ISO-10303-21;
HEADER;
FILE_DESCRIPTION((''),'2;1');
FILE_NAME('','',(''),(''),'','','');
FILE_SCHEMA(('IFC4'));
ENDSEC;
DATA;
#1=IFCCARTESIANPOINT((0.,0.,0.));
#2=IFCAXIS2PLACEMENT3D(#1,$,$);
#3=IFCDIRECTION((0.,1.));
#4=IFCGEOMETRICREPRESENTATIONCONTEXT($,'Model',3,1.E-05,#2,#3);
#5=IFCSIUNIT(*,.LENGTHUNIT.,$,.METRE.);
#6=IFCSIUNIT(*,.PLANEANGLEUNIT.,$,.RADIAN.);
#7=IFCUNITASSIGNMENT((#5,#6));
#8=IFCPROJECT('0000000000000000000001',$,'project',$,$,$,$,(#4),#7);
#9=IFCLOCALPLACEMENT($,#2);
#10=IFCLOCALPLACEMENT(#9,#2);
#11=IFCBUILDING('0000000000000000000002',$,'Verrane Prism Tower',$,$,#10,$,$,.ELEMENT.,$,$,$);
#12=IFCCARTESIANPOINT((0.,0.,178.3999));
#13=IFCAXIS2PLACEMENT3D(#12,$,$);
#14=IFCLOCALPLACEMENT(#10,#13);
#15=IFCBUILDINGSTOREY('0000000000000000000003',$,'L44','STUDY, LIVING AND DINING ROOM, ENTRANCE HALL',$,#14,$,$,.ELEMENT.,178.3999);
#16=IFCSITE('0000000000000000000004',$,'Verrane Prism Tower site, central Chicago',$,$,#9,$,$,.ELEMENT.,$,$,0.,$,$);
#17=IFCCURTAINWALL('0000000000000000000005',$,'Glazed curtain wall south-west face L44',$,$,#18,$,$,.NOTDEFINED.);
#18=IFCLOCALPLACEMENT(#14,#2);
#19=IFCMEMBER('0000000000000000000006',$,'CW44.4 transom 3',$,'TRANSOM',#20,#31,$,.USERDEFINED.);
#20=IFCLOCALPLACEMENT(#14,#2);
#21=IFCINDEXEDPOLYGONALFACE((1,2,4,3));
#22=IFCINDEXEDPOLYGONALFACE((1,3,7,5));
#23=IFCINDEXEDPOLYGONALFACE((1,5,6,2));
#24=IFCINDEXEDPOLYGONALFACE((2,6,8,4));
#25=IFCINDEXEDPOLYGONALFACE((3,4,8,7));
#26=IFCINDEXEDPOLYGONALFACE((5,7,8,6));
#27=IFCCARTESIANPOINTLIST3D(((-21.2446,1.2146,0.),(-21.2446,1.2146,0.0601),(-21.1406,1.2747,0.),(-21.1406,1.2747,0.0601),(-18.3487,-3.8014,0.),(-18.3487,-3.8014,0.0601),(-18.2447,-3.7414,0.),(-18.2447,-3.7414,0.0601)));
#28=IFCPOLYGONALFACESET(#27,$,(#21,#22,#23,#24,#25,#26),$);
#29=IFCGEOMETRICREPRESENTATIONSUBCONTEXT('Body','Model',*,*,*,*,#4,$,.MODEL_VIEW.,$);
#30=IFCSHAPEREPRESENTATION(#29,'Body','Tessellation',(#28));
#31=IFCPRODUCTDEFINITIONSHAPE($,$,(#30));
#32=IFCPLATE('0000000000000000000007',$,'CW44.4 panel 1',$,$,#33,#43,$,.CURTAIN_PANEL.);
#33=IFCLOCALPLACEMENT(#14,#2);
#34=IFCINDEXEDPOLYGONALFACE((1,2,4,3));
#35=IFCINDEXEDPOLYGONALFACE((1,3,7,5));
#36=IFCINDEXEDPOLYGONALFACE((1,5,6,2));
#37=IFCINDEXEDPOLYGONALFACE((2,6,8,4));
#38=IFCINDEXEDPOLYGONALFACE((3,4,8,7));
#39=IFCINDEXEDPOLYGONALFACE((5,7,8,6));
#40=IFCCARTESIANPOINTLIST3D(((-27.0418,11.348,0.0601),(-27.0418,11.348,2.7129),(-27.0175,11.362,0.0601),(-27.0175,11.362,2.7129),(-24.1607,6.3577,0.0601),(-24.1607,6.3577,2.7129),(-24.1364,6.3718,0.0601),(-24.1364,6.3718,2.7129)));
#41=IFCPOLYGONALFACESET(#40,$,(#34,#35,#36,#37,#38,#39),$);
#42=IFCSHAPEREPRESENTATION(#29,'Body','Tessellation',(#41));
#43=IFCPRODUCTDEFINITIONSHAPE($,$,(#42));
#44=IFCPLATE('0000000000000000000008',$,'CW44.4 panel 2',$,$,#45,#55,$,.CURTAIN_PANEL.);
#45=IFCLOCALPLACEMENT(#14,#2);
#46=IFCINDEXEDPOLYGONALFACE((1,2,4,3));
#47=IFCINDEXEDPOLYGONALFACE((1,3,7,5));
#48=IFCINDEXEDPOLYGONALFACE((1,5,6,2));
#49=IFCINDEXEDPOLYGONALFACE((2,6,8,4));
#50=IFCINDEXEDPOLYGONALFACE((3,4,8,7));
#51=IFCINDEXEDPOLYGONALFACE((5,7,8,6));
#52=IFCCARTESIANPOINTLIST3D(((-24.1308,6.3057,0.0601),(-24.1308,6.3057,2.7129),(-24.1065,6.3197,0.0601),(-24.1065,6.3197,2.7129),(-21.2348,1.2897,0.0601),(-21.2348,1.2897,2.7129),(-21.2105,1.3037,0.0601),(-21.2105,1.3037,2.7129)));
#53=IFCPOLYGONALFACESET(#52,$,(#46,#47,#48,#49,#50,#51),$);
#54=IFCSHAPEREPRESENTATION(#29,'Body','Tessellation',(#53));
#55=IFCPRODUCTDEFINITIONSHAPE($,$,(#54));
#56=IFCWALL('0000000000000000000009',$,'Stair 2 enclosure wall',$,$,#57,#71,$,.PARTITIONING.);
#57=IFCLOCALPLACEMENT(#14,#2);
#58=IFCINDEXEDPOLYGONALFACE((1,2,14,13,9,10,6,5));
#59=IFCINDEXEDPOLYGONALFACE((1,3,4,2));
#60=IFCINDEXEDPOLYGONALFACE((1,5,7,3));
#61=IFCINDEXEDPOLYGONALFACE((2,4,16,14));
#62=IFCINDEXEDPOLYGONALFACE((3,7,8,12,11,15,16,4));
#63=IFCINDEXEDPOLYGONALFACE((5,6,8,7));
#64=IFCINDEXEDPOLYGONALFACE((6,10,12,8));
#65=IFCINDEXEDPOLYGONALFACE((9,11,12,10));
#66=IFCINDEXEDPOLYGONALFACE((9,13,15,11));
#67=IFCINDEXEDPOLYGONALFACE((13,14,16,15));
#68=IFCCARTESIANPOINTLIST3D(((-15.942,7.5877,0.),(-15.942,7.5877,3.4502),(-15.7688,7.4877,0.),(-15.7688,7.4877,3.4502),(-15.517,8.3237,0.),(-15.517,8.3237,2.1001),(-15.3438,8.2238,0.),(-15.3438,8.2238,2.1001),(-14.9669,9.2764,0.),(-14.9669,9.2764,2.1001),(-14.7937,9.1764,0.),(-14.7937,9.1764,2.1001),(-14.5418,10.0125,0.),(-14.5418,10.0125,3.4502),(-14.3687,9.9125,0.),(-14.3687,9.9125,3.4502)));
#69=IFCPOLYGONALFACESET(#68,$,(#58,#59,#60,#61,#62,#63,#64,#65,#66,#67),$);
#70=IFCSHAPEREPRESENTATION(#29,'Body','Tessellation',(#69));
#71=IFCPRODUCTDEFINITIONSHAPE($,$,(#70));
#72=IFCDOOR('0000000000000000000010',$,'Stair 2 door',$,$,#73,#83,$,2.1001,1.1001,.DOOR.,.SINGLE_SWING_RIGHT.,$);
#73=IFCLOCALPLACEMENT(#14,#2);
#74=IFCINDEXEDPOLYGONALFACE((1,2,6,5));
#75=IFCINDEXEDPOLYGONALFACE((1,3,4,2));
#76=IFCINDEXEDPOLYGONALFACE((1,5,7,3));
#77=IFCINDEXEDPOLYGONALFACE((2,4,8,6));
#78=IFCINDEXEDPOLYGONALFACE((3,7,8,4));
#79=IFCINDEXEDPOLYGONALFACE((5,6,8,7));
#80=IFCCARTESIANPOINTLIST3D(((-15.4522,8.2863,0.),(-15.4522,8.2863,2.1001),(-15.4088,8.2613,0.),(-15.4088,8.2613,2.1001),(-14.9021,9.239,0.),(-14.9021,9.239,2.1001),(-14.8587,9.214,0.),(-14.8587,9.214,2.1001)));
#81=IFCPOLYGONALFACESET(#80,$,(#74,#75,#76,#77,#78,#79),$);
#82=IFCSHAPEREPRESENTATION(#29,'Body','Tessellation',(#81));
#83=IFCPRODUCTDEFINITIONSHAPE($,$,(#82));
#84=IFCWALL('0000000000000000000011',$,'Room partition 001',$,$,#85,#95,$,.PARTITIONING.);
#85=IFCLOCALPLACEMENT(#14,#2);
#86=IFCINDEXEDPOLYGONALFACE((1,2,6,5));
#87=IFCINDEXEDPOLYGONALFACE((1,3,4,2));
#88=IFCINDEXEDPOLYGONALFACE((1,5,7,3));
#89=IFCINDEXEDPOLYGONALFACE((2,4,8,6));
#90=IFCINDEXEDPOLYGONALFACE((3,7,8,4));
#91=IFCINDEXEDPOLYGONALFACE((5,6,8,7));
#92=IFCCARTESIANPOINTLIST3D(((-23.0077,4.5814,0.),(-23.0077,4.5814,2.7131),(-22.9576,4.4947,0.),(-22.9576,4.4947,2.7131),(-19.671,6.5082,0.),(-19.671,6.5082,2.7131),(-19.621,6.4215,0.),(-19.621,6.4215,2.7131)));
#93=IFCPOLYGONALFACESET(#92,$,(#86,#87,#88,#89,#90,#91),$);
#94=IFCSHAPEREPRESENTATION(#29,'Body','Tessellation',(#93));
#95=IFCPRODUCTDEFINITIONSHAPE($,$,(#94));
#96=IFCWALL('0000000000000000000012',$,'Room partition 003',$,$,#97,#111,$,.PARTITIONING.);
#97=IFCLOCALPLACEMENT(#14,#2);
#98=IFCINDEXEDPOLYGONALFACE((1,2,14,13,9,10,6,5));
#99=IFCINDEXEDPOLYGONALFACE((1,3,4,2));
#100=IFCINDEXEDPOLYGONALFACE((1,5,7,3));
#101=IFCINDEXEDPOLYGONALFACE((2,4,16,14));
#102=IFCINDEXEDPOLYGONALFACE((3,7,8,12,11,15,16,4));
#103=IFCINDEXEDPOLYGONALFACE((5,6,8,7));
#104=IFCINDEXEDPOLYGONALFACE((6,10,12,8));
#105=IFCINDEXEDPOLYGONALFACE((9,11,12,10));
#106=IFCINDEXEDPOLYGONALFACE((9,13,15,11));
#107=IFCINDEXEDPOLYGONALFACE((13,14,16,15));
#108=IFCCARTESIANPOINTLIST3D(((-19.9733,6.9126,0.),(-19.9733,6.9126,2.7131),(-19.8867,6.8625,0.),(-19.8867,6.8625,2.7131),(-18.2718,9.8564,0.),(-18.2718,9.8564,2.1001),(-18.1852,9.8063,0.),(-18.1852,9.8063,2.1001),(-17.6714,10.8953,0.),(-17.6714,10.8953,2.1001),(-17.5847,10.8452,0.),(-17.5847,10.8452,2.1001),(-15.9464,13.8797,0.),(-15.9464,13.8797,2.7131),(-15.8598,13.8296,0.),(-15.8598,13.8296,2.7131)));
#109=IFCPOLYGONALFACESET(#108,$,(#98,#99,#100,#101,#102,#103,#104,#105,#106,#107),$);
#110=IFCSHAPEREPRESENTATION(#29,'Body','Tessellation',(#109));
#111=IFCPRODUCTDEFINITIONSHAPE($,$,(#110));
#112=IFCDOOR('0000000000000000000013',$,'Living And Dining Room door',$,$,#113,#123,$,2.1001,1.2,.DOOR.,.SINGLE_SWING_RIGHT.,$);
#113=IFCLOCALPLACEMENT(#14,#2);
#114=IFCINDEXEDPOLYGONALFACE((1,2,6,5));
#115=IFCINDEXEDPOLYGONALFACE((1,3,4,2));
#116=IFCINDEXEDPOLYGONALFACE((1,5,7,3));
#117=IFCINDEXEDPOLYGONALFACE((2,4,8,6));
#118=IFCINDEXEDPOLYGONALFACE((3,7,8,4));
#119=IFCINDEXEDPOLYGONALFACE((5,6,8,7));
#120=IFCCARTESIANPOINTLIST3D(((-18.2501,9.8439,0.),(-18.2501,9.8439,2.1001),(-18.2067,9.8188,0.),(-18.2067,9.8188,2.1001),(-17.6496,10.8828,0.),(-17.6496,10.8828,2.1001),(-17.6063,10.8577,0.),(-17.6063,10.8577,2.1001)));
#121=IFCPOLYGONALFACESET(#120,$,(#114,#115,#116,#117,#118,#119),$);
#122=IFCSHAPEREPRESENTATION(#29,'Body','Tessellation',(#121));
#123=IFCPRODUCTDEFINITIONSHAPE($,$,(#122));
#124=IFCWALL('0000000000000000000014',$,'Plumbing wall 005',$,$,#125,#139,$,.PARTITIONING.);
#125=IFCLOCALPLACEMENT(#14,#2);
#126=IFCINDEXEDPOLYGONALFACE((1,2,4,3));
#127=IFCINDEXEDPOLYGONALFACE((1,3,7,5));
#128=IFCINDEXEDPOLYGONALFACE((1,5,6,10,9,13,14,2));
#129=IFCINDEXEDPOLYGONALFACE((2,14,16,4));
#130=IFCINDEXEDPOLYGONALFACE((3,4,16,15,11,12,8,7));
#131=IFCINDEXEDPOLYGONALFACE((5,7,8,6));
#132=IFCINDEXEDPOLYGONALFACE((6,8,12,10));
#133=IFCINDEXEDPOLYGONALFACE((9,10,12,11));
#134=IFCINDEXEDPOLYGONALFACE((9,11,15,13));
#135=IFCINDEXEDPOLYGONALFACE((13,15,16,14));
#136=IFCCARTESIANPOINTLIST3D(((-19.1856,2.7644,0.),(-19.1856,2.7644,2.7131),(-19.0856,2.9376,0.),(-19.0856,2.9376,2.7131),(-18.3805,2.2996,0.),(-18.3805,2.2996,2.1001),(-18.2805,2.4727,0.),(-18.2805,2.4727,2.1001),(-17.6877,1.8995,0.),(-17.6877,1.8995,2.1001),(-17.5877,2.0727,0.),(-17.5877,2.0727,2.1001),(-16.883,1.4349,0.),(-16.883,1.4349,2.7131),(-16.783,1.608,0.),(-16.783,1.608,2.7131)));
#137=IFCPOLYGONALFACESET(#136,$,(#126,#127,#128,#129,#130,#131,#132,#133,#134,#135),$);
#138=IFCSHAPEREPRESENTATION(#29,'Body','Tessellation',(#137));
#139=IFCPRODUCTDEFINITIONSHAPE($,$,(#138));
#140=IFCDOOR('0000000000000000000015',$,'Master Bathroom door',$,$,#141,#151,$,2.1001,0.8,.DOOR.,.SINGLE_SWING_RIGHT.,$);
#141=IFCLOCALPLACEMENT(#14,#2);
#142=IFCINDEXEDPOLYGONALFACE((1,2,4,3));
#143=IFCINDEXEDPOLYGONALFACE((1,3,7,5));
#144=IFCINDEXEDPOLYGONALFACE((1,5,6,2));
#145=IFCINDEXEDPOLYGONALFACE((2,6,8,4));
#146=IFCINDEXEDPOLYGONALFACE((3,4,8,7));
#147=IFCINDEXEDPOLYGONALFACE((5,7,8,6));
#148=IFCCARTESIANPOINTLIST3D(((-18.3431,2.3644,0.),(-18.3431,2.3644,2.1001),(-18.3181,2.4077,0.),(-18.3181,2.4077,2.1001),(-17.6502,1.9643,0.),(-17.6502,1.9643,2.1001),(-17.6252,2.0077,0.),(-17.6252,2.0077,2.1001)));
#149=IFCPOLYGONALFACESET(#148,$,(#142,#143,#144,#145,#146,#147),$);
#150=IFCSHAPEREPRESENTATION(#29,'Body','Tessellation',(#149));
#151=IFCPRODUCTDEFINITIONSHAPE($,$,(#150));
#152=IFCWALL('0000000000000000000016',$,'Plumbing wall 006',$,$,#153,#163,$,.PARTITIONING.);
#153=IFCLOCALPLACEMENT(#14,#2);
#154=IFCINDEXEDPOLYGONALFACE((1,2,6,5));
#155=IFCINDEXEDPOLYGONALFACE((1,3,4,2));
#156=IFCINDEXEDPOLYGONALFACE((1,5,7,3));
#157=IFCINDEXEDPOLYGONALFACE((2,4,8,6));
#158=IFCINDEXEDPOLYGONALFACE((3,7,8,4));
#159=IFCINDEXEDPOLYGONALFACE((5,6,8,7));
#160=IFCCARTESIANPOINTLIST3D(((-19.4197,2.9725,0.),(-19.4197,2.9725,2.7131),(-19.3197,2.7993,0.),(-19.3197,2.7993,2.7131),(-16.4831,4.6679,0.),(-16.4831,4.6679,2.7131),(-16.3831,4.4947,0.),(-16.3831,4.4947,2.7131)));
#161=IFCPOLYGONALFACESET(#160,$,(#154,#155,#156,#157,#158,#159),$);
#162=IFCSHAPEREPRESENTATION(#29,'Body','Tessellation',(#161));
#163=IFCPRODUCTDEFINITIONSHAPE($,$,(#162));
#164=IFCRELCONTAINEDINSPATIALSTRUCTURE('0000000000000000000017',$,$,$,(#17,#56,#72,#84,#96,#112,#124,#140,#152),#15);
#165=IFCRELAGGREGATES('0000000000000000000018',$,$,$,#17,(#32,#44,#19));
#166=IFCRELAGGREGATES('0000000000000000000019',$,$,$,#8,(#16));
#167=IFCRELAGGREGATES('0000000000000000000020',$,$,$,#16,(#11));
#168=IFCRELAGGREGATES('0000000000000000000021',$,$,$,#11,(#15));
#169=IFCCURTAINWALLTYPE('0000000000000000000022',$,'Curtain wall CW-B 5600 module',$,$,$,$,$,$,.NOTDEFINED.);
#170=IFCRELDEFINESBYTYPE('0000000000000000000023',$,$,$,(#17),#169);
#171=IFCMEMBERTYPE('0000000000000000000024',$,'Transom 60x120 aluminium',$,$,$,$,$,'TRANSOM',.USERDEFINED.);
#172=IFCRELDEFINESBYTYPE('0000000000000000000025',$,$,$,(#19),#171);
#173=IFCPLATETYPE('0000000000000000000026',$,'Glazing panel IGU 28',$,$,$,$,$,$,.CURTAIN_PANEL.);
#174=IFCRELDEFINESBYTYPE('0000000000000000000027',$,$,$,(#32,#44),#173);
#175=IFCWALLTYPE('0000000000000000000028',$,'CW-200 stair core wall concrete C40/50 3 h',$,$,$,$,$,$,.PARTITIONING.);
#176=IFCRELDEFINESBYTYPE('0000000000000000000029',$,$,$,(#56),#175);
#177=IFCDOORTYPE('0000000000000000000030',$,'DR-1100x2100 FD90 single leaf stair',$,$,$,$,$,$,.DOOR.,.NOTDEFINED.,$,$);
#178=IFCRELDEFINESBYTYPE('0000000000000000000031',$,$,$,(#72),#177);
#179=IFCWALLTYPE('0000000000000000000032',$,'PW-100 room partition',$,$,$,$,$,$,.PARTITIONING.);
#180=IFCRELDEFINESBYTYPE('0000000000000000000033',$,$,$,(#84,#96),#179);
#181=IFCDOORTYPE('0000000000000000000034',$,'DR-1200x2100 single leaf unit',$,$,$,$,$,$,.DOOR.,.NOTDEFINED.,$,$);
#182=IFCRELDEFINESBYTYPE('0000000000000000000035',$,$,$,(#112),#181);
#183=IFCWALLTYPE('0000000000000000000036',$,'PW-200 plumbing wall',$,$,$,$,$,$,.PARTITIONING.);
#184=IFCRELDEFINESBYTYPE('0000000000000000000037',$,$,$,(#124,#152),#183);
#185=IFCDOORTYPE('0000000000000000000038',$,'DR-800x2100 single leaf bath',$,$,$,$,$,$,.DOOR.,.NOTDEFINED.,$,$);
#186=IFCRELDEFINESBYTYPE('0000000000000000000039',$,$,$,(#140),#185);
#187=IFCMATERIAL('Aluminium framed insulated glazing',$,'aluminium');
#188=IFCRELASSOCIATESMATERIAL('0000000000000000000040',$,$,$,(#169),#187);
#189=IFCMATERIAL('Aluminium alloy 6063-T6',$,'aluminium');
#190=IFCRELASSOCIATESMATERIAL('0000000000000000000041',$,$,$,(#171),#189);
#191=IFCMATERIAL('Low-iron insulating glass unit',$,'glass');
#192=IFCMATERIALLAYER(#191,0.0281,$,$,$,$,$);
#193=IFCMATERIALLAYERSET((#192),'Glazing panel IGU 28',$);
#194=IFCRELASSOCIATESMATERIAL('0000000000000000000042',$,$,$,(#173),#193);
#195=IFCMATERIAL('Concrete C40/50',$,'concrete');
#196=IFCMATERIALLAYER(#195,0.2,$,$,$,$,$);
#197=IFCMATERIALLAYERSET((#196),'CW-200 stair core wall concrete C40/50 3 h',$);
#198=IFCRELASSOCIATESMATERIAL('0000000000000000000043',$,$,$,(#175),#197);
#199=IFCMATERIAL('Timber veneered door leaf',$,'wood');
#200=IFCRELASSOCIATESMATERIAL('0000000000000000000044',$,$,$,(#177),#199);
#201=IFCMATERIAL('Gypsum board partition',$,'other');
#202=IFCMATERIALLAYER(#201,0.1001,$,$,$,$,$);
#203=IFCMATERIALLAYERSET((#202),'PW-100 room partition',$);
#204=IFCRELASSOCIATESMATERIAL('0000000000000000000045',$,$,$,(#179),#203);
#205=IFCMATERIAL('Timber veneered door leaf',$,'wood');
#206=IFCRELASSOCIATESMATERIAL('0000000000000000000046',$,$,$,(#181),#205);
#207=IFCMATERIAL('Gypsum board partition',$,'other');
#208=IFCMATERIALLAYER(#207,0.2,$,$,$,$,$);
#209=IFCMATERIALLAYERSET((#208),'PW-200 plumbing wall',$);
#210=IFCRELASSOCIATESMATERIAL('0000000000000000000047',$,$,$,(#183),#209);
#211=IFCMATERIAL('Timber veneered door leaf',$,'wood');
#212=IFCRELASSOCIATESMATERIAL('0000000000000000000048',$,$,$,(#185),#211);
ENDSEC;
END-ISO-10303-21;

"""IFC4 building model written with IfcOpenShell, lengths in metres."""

from ifc_helpers import new_model, si_unit, direction, frame, frame_2d, origin, origin_2d, place, context, subcontext, project, spatial, rectangle, extrude, material, layer, layer_set, material_profile, profile_set, type_object, element, fill, aggregate, save


model = new_model("IFC4")

# Units and contexts
model_context = context("Model", 3, precision=1e-05, world=origin(), true_north=direction((0.0, 1.0)))
body_context = subcontext(model_context, "Body", "Model", "MODEL_VIEW")
ifc_project = project(units=[si_unit("LENGTHUNIT", "METRE"), si_unit("PLANEANGLEUNIT", "RADIAN")], contexts=[model_context])

# Site, building, storey
site_placement = place(None, origin())
site = spatial("IfcSite", under=ifc_project, at=site_placement, Name="Verrane Prism Tower site, central Chicago", CompositionType="ELEMENT", RefElevation=0.0)
building_placement = place(site_placement, origin())
building = spatial("IfcBuilding", under=site, at=building_placement, Name="Verrane Prism Tower", CompositionType="ELEMENT")
storey_placement = place(building_placement, frame((0.0, 0.0, 178.3999)))
storey = spatial("IfcBuildingStorey", under=building, at=storey_placement, Name="L44", Description="STUDY, LIVING AND DINING ROOM, ENTRANCE HALL", CompositionType="ELEMENT", Elevation=178.3999)

# Curtain wall
ifc_material_1 = material(Name="Aluminium framed insulated glazing", Category="aluminium")
curtain_wall_type = type_object("IfcCurtainWallType", Name="Curtain wall CW-B 5600 module", PredefinedType="NOTDEFINED", material=ifc_material_1)
curtain_wall_placement = place(storey_placement, origin())
curtain_wall = element("IfcCurtainWall", 1, at=curtain_wall_placement, inside=storey, type_object=curtain_wall_type, Name="Glazed curtain wall south-west face L44", PredefinedType="NOTDEFINED")

# Member
ifc_material_2 = material(Name="Aluminium alloy 6063-T6", Category="aluminium")
ifc_material_profile_1 = material_profile(ifc_material_2, rectangle(XDim=0.1201, YDim=0.0601, at=origin_2d()), Name="Transom 60x120 aluminium")
ifc_profile_set_1 = profile_set([ifc_material_profile_1], Name="Aluminium alloy 6063-T6")
member_type_1 = type_object("IfcMemberType", Name="Transom 60x120 aluminium", ElementType="TRANSOM", PredefinedType="USERDEFINED", material=ifc_profile_set_1)
member_1_placement = place(storey_placement, frame((-21.1926, 1.2446, 0.03), z_axis=(0.499992, -0.86603, 0.0), x_axis=(0.86603, 0.499992, 0.0)))
member_1 = element("IfcMember", 2, at=member_1_placement, type_object=member_type_1, Name="CW44.4 transom 3", ObjectType="TRANSOM", PredefinedType="USERDEFINED", context=body_context, shape_type="SweptSolid", body=[
    extrude(rectangle(XDim=0.1201, YDim=0.0601, at=origin_2d()), origin(), (0.0, 0.0, 1.0), 5.792),
])

# Plates
ifc_material_3 = material(Name="Low-iron insulating glass unit", Category="glass")
ifc_layer_1 = layer(ifc_material_3, 0.0281)
ifc_layer_set_1 = layer_set([ifc_layer_1], Name="Glazing panel IGU 28")
plate_type = type_object("IfcPlateType", Name="Glazing panel IGU 28", PredefinedType="CURTAIN_PANEL", material=ifc_layer_set_1)
plate_1_placement = place(storey_placement, frame((-25.5891, 8.8599, 0.0601), z_axis=(0.0, 0.0, 1.0), x_axis=(0.499999, -0.866026, 0.0)))
plate_1 = element("IfcPlate", 3, at=plate_1_placement, type_object=plate_type, Name="CW44.4 panel 1", PredefinedType="CURTAIN_PANEL", context=body_context, shape_type="SweptSolid", body=[
    extrude(rectangle(XDim=5.7622, YDim=0.0281, at=origin_2d()), origin(), (0.0, 0.0, 1.0), 2.6528),
])
plate_2_placement = place(storey_placement, frame((-22.6707, 3.8047, 0.0601), z_axis=(0.0, 0.0, 1.0), x_axis=(0.499999, -0.866026, 0.0)))
plate_2 = element("IfcPlate", 4, at=plate_2_placement, type_object=plate_type, Name="CW44.4 panel 2", PredefinedType="CURTAIN_PANEL", context=body_context, shape_type="SweptSolid", body=[
    extrude(rectangle(XDim=5.792, YDim=0.0281, at=origin_2d()), origin(), (0.0, 0.0, 1.0), 2.6528),
])
aggregate(curtain_wall, [plate_1, plate_2, member_1])

# Wall, opening, door
ifc_material_4 = material(Name="Concrete C40/50", Category="concrete")
ifc_layer_2 = layer(ifc_material_4, 0.2)
ifc_layer_set_2 = layer_set([ifc_layer_2], Name="CW-200 stair core wall concrete C40/50 3 h")
wall_type_1 = type_object("IfcWallType", Name="CW-200 stair core wall concrete C40/50 3 h", PredefinedType="PARTITIONING", material=ifc_layer_set_2)
wall_1_placement = place(storey_placement, frame((-14.4553, 9.9624, 0.0), z_axis=(0.0, 0.0, 1.0), x_axis=(-0.50005, -0.865997, 0.0)))
wall_1 = element("IfcWall", 5, at=wall_1_placement, inside=storey, type_object=wall_type_1, Name="Stair 2 enclosure wall", PredefinedType="PARTITIONING", context=body_context, shape_type="SweptSolid", body=[
    extrude(rectangle(XDim=2.8, YDim=0.2, at=frame_2d((1.3999, 0.0))), origin(), (0.0, 0.0, 1.0), 3.4502),
])
opening_1_placement = place(wall_1_placement, frame((0.8499, 0.0, 0.0)))
opening_1 = element("IfcOpeningElement", 6, at=opening_1_placement, cuts=wall_1, PredefinedType="OPENING", context=body_context, shape_type="SweptSolid", body=[
    extrude(rectangle(XDim=1.1001, YDim=2.1001, at=frame_2d((0.55, 1.05))), frame((0.0, 0.1099, 0.0), z_axis=(0.0, -1.0, 0.0), x_axis=(1.0, 0.0, 0.0)), (0.0, 0.0, 1.0), 0.22),
])
ifc_material_5 = material(Name="Timber veneered door leaf", Category="wood")
door_type_1 = type_object("IfcDoorType", Name="DR-1100x2100 FD90 single leaf stair", OperationType="NOTDEFINED", PredefinedType="DOOR", material=ifc_material_5)
door_1_placement = place(opening_1_placement, origin())
door_1 = element("IfcDoor", 7, at=door_1_placement, inside=storey, type_object=door_type_1, Name="Stair 2 door", OperationType="SINGLE_SWING_RIGHT", OverallHeight=2.1001, OverallWidth=1.1001, PredefinedType="DOOR", context=body_context, shape_type="SweptSolid", body=[
    extrude(rectangle(XDim=1.1001, YDim=2.1001, at=frame_2d((0.55, 1.05))), frame((0.0, 0.0249, 0.0), z_axis=(0.0, -1.0, 0.0), x_axis=(1.0, 0.0, 0.0)), (0.0, 0.0, 1.0), 0.05),
])
fill(opening_1, door_1)

# Wall
ifc_material_6 = material(Name="Gypsum board partition", Category="other")
ifc_layer_3 = layer(ifc_material_6, 0.1001)
ifc_layer_set_3 = layer_set([ifc_layer_3], Name="PW-100 room partition")
wall_type_2 = type_object("IfcWallType", Name="PW-100 room partition", PredefinedType="PARTITIONING", material=ifc_layer_set_3)
wall_2_placement = place(storey_placement, frame((-22.9827, 4.5381, 0.0), z_axis=(0.0, 0.0, 1.0), x_axis=(0.865988, 0.500064, 0.0)))
element("IfcWall", 8, at=wall_2_placement, inside=storey, type_object=wall_type_2, Name="Room partition 001", PredefinedType="PARTITIONING", context=body_context, shape_type="SweptSolid", body=[
    extrude(rectangle(XDim=3.853, YDim=0.1001, at=frame_2d((1.9265, 0.0))), origin(), (0.0, 0.0, 1.0), 2.7131),
])

# Walls, openings, doors
wall_3_placement = place(storey_placement, frame((-19.9299, 6.8877, 0.0), z_axis=(0.0, 0.0, 1.0), x_axis=(0.500413, 0.865787, 0.0)))
wall_3 = element("IfcWall", 9, at=wall_3_placement, inside=storey, type_object=wall_type_2, Name="Room partition 003", PredefinedType="PARTITIONING", context=body_context, shape_type="SweptSolid", body=[
    extrude(rectangle(XDim=8.0471, YDim=0.1001, at=frame_2d((4.0234, 0.0))), origin(), (0.0, 0.0, 1.0), 2.7131),
])
opening_2_placement = place(wall_3_placement, frame((3.3999, 0.0, 0.0)))
opening_2 = element("IfcOpeningElement", 10, at=opening_2_placement, cuts=wall_3, PredefinedType="OPENING", context=body_context, shape_type="SweptSolid", body=[
    extrude(rectangle(XDim=1.2, YDim=2.1001, at=frame_2d((0.6001, 1.05))), frame((0.0, 0.0601, 0.0), z_axis=(0.0, -1.0, 0.0), x_axis=(1.0, 0.0, 0.0)), (0.0, 0.0, 1.0), 0.1201),
])
ifc_material_7 = material(Name="Timber veneered door leaf", Category="wood")
door_type_2 = type_object("IfcDoorType", Name="DR-1200x2100 single leaf unit", OperationType="NOTDEFINED", PredefinedType="DOOR", material=ifc_material_7)
door_2_placement = place(opening_2_placement, origin())
door_2 = element("IfcDoor", 11, at=door_2_placement, inside=storey, type_object=door_type_2, Name="Living And Dining Room door", OperationType="SINGLE_SWING_RIGHT", OverallHeight=2.1001, OverallWidth=1.2, PredefinedType="DOOR", context=body_context, shape_type="SweptSolid", body=[
    extrude(rectangle(XDim=1.2, YDim=2.1001, at=frame_2d((0.6001, 1.05))), frame((0.0, 0.0249, 0.0), z_axis=(0.0, -1.0, 0.0), x_axis=(1.0, 0.0, 0.0)), (0.0, 0.0, 1.0), 0.05),
])
fill(opening_2, door_2)
ifc_material_8 = material(Name="Gypsum board partition", Category="other")
ifc_layer_4 = layer(ifc_material_8, 0.2)
ifc_layer_set_4 = layer_set([ifc_layer_4], Name="PW-200 plumbing wall")
wall_type_3 = type_object("IfcWallType", Name="PW-200 plumbing wall", PredefinedType="PARTITIONING", material=ifc_layer_set_4)
wall_4_placement = place(storey_placement, frame((-19.1357, 2.8511, 0.0), z_axis=(0.0, 0.0, 1.0), x_axis=(0.866008, -0.50003, 0.0)))
wall_4 = element("IfcWall", 12, at=wall_4_placement, inside=storey, type_object=wall_type_3, Name="Plumbing wall 005", PredefinedType="PARTITIONING", context=body_context, shape_type="SweptSolid", body=[
    extrude(rectangle(XDim=2.6589, YDim=0.2, at=frame_2d((1.3296, 0.0))), origin(), (0.0, 0.0, 1.0), 2.7131),
])
opening_3_placement = place(wall_4_placement, frame((0.9299, 0.0, 0.0)))
opening_3 = element("IfcOpeningElement", 13, at=opening_3_placement, cuts=wall_4, PredefinedType="OPENING", context=body_context, shape_type="SweptSolid", body=[
    extrude(rectangle(XDim=0.8, YDim=2.1001, at=frame_2d((0.3999, 1.05))), frame((0.0, 0.1099, 0.0), z_axis=(0.0, -1.0, 0.0), x_axis=(1.0, 0.0, 0.0)), (0.0, 0.0, 1.0), 0.22),
])
ifc_material_9 = material(Name="Timber veneered door leaf", Category="wood")
door_type_3 = type_object("IfcDoorType", Name="DR-800x2100 single leaf bath", OperationType="NOTDEFINED", PredefinedType="DOOR", material=ifc_material_9)
door_3_placement = place(opening_3_placement, origin())
door_3 = element("IfcDoor", 14, at=door_3_placement, inside=storey, type_object=door_type_3, Name="Master Bathroom door", OperationType="SINGLE_SWING_RIGHT", OverallHeight=2.1001, OverallWidth=0.8, PredefinedType="DOOR", context=body_context, shape_type="SweptSolid", body=[
    extrude(rectangle(XDim=0.8, YDim=2.1001, at=frame_2d((0.3999, 1.05))), frame((0.0, 0.0249, 0.0), z_axis=(0.0, -1.0, 0.0), x_axis=(1.0, 0.0, 0.0)), (0.0, 0.0, 1.0), 0.05),
])
fill(opening_3, door_3)

# Wall
wall_5_placement = place(storey_placement, frame((-19.3696, 2.886, 0.0), z_axis=(0.0, 0.0, 1.0), x_axis=(0.866037, 0.49998, 0.0)))
element("IfcWall", 15, at=wall_5_placement, inside=storey, type_object=wall_type_3, Name="Plumbing wall 006", PredefinedType="PARTITIONING", context=body_context, shape_type="SweptSolid", body=[
    extrude(rectangle(XDim=3.3909, YDim=0.2, at=frame_2d((1.6953, 0.0))), origin(), (0.0, 0.0, 1.0), 2.7131),
])

save(model, "model.ifc")
